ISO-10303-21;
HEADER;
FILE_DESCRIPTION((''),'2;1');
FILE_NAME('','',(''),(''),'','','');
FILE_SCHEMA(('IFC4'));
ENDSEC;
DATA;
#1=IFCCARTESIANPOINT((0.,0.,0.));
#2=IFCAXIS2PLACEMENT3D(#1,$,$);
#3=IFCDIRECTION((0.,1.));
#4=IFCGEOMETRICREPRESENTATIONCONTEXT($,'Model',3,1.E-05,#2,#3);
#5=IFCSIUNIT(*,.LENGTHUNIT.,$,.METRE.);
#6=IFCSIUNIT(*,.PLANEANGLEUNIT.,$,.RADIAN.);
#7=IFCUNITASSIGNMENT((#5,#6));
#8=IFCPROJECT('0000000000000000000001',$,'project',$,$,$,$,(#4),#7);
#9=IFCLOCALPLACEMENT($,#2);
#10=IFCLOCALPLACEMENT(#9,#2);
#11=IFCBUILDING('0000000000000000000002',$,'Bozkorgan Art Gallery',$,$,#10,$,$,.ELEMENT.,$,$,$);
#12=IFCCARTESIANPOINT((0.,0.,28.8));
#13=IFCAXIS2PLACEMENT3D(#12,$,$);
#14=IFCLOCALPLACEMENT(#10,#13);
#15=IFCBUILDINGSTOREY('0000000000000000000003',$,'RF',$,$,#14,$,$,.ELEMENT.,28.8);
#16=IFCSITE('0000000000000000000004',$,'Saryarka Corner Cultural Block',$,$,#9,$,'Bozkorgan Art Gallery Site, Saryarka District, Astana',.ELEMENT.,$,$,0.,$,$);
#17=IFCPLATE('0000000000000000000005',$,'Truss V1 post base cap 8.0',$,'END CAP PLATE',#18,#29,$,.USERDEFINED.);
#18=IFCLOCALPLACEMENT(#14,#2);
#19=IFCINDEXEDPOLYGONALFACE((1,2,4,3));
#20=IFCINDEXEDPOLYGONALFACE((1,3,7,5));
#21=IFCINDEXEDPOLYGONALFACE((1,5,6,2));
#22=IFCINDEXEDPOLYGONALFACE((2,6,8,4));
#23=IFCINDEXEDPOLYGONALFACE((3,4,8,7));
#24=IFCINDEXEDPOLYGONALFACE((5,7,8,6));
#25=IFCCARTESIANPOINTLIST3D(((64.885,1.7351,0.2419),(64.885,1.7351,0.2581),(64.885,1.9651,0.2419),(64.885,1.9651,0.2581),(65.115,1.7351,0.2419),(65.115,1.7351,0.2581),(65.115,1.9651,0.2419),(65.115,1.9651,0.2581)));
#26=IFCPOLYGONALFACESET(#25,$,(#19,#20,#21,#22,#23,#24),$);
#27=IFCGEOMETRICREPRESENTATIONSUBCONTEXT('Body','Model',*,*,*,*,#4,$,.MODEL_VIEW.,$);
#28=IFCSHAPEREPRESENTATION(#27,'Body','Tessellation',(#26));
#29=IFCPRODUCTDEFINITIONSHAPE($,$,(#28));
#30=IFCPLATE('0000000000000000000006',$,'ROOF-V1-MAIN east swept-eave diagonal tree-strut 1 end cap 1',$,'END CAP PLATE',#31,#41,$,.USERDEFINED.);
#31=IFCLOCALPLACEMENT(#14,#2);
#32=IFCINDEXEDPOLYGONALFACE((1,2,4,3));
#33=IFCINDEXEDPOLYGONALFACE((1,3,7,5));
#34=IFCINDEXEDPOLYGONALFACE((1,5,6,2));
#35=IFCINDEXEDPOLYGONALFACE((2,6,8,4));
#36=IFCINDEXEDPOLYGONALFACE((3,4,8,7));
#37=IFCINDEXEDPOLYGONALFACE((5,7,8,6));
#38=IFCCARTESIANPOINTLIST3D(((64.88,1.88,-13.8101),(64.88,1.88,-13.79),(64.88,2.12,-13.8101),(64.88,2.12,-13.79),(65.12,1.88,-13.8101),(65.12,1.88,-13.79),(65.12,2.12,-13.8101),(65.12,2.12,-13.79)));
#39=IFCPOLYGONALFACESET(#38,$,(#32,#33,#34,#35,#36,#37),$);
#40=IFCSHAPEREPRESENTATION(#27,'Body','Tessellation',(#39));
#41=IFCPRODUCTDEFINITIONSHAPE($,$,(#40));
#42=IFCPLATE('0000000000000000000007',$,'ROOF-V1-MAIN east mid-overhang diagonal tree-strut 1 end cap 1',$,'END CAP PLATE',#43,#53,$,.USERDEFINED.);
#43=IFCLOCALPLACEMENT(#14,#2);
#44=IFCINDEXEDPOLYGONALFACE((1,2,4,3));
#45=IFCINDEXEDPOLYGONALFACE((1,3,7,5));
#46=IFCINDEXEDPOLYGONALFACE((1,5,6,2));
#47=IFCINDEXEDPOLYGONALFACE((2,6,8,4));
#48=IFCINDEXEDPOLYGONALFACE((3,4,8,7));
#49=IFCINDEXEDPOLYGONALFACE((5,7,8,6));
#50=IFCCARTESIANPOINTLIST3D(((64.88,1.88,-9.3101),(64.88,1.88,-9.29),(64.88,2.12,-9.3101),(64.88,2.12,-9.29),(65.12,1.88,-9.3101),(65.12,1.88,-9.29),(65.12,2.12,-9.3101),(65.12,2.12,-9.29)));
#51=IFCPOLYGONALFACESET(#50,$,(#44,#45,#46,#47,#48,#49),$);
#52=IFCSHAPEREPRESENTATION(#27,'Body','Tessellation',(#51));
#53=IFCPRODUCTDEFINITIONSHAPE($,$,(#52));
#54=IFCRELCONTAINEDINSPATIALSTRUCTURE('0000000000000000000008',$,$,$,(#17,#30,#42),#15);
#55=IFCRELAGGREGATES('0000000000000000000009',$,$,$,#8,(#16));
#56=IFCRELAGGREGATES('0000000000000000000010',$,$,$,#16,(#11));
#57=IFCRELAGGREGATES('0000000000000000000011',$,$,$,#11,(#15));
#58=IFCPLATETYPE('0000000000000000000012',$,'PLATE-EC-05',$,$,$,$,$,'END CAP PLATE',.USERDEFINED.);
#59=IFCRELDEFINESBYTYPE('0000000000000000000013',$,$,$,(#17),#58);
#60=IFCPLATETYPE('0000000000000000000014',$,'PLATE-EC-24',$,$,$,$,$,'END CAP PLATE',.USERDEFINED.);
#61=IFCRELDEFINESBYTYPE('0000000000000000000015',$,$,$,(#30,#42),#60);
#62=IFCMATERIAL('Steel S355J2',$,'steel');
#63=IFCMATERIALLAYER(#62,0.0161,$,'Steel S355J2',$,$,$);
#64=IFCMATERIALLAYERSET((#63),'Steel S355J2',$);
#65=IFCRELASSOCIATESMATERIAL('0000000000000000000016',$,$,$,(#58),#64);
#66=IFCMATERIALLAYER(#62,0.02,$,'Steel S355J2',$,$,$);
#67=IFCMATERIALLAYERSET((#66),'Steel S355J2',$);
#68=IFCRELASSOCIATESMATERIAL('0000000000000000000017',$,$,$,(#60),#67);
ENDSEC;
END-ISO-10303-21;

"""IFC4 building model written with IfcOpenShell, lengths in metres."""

from ifc_helpers import new_model, si_unit, direction, frame, origin, origin_2d, place, context, subcontext, project, spatial, rectangle, extrude, material, layer, layer_set, type_object, element, save


model = new_model("IFC4")

# Units and contexts
model_context = context("Model", 3, precision=1e-05, world=origin(), true_north=direction((0.0, 1.0)))
body_context = subcontext(model_context, "Body", "Model", "MODEL_VIEW")
ifc_project = project(units=[si_unit("LENGTHUNIT", "METRE"), si_unit("PLANEANGLEUNIT", "RADIAN")], contexts=[model_context])

# Site, building, storey
site_placement = place(None, origin())
site = spatial("IfcSite", under=ifc_project, at=site_placement, Name="Saryarka Corner Cultural Block", LongName="Bozkorgan Art Gallery Site, Saryarka District, Astana", CompositionType="ELEMENT", RefElevation=0.0)
building_placement = place(site_placement, origin())
building = spatial("IfcBuilding", under=site, at=building_placement, Name="Bozkorgan Art Gallery", CompositionType="ELEMENT")
storey_placement = place(building_placement, frame((0.0, 0.0, 28.8)))
storey = spatial("IfcBuildingStorey", under=building, at=storey_placement, Name="RF", CompositionType="ELEMENT", Elevation=28.8)

# Shared definitions
ifc_material_1 = material(Name="Steel S355J2", Category="steel")

# Plates
ifc_layer_1 = layer(ifc_material_1, 0.0161, Name="Steel S355J2")
ifc_layer_set_1 = layer_set([ifc_layer_1], Name="Steel S355J2")
plate_type_1 = type_object("IfcPlateType", Name="PLATE-EC-05", ElementType="END CAP PLATE", PredefinedType="USERDEFINED", material=ifc_layer_set_1)
for number, where, z_axis, x_axis, name in (
    (1, (65.0, 1.8501, 0.2419), (0.0, 0.0, 1.0), (1.0, 0.0, 0.0), "Truss V1 post base cap 8.0"),
):
    element("IfcPlate", number, at=place(storey_placement, frame(where, z_axis=z_axis, x_axis=x_axis)), inside=storey, type_object=plate_type_1, Name=name, ObjectType="END CAP PLATE", PredefinedType="USERDEFINED", context=body_context, shape_type="SweptSolid", body=[
        extrude(rectangle(XDim=0.23, YDim=0.23, at=origin_2d()), origin(), (0.0, 0.0, 1.0), 0.0161),
    ])
ifc_layer_2 = layer(ifc_material_1, 0.02, Name="Steel S355J2")
ifc_layer_set_2 = layer_set([ifc_layer_2], Name="Steel S355J2")
plate_type_2 = type_object("IfcPlateType", Name="PLATE-EC-24", ElementType="END CAP PLATE", PredefinedType="USERDEFINED", material=ifc_layer_set_2)
for number, where, z_axis, x_axis, name in (
    (2, (65.0, 2.0, -13.8101), (0.0, 0.0, 1.0), (1.0, 0.0, 0.0), "ROOF-V1-MAIN east swept-eave diagonal tree-strut 1 end cap 1"),
    (3, (65.0, 2.0, -9.3101), (0.0, 0.0, 1.0), (1.0, 0.0, 0.0), "ROOF-V1-MAIN east mid-overhang diagonal tree-strut 1 end cap 1"),
):
    element("IfcPlate", number, at=place(storey_placement, frame(where, z_axis=z_axis, x_axis=x_axis)), inside=storey, type_object=plate_type_2, Name=name, ObjectType="END CAP PLATE", PredefinedType="USERDEFINED", context=body_context, shape_type="SweptSolid", body=[
        extrude(rectangle(XDim=0.24, YDim=0.24, at=origin_2d()), origin(), (0.0, 0.0, 1.0), 0.02),
    ])

save(model, "model.ifc")
